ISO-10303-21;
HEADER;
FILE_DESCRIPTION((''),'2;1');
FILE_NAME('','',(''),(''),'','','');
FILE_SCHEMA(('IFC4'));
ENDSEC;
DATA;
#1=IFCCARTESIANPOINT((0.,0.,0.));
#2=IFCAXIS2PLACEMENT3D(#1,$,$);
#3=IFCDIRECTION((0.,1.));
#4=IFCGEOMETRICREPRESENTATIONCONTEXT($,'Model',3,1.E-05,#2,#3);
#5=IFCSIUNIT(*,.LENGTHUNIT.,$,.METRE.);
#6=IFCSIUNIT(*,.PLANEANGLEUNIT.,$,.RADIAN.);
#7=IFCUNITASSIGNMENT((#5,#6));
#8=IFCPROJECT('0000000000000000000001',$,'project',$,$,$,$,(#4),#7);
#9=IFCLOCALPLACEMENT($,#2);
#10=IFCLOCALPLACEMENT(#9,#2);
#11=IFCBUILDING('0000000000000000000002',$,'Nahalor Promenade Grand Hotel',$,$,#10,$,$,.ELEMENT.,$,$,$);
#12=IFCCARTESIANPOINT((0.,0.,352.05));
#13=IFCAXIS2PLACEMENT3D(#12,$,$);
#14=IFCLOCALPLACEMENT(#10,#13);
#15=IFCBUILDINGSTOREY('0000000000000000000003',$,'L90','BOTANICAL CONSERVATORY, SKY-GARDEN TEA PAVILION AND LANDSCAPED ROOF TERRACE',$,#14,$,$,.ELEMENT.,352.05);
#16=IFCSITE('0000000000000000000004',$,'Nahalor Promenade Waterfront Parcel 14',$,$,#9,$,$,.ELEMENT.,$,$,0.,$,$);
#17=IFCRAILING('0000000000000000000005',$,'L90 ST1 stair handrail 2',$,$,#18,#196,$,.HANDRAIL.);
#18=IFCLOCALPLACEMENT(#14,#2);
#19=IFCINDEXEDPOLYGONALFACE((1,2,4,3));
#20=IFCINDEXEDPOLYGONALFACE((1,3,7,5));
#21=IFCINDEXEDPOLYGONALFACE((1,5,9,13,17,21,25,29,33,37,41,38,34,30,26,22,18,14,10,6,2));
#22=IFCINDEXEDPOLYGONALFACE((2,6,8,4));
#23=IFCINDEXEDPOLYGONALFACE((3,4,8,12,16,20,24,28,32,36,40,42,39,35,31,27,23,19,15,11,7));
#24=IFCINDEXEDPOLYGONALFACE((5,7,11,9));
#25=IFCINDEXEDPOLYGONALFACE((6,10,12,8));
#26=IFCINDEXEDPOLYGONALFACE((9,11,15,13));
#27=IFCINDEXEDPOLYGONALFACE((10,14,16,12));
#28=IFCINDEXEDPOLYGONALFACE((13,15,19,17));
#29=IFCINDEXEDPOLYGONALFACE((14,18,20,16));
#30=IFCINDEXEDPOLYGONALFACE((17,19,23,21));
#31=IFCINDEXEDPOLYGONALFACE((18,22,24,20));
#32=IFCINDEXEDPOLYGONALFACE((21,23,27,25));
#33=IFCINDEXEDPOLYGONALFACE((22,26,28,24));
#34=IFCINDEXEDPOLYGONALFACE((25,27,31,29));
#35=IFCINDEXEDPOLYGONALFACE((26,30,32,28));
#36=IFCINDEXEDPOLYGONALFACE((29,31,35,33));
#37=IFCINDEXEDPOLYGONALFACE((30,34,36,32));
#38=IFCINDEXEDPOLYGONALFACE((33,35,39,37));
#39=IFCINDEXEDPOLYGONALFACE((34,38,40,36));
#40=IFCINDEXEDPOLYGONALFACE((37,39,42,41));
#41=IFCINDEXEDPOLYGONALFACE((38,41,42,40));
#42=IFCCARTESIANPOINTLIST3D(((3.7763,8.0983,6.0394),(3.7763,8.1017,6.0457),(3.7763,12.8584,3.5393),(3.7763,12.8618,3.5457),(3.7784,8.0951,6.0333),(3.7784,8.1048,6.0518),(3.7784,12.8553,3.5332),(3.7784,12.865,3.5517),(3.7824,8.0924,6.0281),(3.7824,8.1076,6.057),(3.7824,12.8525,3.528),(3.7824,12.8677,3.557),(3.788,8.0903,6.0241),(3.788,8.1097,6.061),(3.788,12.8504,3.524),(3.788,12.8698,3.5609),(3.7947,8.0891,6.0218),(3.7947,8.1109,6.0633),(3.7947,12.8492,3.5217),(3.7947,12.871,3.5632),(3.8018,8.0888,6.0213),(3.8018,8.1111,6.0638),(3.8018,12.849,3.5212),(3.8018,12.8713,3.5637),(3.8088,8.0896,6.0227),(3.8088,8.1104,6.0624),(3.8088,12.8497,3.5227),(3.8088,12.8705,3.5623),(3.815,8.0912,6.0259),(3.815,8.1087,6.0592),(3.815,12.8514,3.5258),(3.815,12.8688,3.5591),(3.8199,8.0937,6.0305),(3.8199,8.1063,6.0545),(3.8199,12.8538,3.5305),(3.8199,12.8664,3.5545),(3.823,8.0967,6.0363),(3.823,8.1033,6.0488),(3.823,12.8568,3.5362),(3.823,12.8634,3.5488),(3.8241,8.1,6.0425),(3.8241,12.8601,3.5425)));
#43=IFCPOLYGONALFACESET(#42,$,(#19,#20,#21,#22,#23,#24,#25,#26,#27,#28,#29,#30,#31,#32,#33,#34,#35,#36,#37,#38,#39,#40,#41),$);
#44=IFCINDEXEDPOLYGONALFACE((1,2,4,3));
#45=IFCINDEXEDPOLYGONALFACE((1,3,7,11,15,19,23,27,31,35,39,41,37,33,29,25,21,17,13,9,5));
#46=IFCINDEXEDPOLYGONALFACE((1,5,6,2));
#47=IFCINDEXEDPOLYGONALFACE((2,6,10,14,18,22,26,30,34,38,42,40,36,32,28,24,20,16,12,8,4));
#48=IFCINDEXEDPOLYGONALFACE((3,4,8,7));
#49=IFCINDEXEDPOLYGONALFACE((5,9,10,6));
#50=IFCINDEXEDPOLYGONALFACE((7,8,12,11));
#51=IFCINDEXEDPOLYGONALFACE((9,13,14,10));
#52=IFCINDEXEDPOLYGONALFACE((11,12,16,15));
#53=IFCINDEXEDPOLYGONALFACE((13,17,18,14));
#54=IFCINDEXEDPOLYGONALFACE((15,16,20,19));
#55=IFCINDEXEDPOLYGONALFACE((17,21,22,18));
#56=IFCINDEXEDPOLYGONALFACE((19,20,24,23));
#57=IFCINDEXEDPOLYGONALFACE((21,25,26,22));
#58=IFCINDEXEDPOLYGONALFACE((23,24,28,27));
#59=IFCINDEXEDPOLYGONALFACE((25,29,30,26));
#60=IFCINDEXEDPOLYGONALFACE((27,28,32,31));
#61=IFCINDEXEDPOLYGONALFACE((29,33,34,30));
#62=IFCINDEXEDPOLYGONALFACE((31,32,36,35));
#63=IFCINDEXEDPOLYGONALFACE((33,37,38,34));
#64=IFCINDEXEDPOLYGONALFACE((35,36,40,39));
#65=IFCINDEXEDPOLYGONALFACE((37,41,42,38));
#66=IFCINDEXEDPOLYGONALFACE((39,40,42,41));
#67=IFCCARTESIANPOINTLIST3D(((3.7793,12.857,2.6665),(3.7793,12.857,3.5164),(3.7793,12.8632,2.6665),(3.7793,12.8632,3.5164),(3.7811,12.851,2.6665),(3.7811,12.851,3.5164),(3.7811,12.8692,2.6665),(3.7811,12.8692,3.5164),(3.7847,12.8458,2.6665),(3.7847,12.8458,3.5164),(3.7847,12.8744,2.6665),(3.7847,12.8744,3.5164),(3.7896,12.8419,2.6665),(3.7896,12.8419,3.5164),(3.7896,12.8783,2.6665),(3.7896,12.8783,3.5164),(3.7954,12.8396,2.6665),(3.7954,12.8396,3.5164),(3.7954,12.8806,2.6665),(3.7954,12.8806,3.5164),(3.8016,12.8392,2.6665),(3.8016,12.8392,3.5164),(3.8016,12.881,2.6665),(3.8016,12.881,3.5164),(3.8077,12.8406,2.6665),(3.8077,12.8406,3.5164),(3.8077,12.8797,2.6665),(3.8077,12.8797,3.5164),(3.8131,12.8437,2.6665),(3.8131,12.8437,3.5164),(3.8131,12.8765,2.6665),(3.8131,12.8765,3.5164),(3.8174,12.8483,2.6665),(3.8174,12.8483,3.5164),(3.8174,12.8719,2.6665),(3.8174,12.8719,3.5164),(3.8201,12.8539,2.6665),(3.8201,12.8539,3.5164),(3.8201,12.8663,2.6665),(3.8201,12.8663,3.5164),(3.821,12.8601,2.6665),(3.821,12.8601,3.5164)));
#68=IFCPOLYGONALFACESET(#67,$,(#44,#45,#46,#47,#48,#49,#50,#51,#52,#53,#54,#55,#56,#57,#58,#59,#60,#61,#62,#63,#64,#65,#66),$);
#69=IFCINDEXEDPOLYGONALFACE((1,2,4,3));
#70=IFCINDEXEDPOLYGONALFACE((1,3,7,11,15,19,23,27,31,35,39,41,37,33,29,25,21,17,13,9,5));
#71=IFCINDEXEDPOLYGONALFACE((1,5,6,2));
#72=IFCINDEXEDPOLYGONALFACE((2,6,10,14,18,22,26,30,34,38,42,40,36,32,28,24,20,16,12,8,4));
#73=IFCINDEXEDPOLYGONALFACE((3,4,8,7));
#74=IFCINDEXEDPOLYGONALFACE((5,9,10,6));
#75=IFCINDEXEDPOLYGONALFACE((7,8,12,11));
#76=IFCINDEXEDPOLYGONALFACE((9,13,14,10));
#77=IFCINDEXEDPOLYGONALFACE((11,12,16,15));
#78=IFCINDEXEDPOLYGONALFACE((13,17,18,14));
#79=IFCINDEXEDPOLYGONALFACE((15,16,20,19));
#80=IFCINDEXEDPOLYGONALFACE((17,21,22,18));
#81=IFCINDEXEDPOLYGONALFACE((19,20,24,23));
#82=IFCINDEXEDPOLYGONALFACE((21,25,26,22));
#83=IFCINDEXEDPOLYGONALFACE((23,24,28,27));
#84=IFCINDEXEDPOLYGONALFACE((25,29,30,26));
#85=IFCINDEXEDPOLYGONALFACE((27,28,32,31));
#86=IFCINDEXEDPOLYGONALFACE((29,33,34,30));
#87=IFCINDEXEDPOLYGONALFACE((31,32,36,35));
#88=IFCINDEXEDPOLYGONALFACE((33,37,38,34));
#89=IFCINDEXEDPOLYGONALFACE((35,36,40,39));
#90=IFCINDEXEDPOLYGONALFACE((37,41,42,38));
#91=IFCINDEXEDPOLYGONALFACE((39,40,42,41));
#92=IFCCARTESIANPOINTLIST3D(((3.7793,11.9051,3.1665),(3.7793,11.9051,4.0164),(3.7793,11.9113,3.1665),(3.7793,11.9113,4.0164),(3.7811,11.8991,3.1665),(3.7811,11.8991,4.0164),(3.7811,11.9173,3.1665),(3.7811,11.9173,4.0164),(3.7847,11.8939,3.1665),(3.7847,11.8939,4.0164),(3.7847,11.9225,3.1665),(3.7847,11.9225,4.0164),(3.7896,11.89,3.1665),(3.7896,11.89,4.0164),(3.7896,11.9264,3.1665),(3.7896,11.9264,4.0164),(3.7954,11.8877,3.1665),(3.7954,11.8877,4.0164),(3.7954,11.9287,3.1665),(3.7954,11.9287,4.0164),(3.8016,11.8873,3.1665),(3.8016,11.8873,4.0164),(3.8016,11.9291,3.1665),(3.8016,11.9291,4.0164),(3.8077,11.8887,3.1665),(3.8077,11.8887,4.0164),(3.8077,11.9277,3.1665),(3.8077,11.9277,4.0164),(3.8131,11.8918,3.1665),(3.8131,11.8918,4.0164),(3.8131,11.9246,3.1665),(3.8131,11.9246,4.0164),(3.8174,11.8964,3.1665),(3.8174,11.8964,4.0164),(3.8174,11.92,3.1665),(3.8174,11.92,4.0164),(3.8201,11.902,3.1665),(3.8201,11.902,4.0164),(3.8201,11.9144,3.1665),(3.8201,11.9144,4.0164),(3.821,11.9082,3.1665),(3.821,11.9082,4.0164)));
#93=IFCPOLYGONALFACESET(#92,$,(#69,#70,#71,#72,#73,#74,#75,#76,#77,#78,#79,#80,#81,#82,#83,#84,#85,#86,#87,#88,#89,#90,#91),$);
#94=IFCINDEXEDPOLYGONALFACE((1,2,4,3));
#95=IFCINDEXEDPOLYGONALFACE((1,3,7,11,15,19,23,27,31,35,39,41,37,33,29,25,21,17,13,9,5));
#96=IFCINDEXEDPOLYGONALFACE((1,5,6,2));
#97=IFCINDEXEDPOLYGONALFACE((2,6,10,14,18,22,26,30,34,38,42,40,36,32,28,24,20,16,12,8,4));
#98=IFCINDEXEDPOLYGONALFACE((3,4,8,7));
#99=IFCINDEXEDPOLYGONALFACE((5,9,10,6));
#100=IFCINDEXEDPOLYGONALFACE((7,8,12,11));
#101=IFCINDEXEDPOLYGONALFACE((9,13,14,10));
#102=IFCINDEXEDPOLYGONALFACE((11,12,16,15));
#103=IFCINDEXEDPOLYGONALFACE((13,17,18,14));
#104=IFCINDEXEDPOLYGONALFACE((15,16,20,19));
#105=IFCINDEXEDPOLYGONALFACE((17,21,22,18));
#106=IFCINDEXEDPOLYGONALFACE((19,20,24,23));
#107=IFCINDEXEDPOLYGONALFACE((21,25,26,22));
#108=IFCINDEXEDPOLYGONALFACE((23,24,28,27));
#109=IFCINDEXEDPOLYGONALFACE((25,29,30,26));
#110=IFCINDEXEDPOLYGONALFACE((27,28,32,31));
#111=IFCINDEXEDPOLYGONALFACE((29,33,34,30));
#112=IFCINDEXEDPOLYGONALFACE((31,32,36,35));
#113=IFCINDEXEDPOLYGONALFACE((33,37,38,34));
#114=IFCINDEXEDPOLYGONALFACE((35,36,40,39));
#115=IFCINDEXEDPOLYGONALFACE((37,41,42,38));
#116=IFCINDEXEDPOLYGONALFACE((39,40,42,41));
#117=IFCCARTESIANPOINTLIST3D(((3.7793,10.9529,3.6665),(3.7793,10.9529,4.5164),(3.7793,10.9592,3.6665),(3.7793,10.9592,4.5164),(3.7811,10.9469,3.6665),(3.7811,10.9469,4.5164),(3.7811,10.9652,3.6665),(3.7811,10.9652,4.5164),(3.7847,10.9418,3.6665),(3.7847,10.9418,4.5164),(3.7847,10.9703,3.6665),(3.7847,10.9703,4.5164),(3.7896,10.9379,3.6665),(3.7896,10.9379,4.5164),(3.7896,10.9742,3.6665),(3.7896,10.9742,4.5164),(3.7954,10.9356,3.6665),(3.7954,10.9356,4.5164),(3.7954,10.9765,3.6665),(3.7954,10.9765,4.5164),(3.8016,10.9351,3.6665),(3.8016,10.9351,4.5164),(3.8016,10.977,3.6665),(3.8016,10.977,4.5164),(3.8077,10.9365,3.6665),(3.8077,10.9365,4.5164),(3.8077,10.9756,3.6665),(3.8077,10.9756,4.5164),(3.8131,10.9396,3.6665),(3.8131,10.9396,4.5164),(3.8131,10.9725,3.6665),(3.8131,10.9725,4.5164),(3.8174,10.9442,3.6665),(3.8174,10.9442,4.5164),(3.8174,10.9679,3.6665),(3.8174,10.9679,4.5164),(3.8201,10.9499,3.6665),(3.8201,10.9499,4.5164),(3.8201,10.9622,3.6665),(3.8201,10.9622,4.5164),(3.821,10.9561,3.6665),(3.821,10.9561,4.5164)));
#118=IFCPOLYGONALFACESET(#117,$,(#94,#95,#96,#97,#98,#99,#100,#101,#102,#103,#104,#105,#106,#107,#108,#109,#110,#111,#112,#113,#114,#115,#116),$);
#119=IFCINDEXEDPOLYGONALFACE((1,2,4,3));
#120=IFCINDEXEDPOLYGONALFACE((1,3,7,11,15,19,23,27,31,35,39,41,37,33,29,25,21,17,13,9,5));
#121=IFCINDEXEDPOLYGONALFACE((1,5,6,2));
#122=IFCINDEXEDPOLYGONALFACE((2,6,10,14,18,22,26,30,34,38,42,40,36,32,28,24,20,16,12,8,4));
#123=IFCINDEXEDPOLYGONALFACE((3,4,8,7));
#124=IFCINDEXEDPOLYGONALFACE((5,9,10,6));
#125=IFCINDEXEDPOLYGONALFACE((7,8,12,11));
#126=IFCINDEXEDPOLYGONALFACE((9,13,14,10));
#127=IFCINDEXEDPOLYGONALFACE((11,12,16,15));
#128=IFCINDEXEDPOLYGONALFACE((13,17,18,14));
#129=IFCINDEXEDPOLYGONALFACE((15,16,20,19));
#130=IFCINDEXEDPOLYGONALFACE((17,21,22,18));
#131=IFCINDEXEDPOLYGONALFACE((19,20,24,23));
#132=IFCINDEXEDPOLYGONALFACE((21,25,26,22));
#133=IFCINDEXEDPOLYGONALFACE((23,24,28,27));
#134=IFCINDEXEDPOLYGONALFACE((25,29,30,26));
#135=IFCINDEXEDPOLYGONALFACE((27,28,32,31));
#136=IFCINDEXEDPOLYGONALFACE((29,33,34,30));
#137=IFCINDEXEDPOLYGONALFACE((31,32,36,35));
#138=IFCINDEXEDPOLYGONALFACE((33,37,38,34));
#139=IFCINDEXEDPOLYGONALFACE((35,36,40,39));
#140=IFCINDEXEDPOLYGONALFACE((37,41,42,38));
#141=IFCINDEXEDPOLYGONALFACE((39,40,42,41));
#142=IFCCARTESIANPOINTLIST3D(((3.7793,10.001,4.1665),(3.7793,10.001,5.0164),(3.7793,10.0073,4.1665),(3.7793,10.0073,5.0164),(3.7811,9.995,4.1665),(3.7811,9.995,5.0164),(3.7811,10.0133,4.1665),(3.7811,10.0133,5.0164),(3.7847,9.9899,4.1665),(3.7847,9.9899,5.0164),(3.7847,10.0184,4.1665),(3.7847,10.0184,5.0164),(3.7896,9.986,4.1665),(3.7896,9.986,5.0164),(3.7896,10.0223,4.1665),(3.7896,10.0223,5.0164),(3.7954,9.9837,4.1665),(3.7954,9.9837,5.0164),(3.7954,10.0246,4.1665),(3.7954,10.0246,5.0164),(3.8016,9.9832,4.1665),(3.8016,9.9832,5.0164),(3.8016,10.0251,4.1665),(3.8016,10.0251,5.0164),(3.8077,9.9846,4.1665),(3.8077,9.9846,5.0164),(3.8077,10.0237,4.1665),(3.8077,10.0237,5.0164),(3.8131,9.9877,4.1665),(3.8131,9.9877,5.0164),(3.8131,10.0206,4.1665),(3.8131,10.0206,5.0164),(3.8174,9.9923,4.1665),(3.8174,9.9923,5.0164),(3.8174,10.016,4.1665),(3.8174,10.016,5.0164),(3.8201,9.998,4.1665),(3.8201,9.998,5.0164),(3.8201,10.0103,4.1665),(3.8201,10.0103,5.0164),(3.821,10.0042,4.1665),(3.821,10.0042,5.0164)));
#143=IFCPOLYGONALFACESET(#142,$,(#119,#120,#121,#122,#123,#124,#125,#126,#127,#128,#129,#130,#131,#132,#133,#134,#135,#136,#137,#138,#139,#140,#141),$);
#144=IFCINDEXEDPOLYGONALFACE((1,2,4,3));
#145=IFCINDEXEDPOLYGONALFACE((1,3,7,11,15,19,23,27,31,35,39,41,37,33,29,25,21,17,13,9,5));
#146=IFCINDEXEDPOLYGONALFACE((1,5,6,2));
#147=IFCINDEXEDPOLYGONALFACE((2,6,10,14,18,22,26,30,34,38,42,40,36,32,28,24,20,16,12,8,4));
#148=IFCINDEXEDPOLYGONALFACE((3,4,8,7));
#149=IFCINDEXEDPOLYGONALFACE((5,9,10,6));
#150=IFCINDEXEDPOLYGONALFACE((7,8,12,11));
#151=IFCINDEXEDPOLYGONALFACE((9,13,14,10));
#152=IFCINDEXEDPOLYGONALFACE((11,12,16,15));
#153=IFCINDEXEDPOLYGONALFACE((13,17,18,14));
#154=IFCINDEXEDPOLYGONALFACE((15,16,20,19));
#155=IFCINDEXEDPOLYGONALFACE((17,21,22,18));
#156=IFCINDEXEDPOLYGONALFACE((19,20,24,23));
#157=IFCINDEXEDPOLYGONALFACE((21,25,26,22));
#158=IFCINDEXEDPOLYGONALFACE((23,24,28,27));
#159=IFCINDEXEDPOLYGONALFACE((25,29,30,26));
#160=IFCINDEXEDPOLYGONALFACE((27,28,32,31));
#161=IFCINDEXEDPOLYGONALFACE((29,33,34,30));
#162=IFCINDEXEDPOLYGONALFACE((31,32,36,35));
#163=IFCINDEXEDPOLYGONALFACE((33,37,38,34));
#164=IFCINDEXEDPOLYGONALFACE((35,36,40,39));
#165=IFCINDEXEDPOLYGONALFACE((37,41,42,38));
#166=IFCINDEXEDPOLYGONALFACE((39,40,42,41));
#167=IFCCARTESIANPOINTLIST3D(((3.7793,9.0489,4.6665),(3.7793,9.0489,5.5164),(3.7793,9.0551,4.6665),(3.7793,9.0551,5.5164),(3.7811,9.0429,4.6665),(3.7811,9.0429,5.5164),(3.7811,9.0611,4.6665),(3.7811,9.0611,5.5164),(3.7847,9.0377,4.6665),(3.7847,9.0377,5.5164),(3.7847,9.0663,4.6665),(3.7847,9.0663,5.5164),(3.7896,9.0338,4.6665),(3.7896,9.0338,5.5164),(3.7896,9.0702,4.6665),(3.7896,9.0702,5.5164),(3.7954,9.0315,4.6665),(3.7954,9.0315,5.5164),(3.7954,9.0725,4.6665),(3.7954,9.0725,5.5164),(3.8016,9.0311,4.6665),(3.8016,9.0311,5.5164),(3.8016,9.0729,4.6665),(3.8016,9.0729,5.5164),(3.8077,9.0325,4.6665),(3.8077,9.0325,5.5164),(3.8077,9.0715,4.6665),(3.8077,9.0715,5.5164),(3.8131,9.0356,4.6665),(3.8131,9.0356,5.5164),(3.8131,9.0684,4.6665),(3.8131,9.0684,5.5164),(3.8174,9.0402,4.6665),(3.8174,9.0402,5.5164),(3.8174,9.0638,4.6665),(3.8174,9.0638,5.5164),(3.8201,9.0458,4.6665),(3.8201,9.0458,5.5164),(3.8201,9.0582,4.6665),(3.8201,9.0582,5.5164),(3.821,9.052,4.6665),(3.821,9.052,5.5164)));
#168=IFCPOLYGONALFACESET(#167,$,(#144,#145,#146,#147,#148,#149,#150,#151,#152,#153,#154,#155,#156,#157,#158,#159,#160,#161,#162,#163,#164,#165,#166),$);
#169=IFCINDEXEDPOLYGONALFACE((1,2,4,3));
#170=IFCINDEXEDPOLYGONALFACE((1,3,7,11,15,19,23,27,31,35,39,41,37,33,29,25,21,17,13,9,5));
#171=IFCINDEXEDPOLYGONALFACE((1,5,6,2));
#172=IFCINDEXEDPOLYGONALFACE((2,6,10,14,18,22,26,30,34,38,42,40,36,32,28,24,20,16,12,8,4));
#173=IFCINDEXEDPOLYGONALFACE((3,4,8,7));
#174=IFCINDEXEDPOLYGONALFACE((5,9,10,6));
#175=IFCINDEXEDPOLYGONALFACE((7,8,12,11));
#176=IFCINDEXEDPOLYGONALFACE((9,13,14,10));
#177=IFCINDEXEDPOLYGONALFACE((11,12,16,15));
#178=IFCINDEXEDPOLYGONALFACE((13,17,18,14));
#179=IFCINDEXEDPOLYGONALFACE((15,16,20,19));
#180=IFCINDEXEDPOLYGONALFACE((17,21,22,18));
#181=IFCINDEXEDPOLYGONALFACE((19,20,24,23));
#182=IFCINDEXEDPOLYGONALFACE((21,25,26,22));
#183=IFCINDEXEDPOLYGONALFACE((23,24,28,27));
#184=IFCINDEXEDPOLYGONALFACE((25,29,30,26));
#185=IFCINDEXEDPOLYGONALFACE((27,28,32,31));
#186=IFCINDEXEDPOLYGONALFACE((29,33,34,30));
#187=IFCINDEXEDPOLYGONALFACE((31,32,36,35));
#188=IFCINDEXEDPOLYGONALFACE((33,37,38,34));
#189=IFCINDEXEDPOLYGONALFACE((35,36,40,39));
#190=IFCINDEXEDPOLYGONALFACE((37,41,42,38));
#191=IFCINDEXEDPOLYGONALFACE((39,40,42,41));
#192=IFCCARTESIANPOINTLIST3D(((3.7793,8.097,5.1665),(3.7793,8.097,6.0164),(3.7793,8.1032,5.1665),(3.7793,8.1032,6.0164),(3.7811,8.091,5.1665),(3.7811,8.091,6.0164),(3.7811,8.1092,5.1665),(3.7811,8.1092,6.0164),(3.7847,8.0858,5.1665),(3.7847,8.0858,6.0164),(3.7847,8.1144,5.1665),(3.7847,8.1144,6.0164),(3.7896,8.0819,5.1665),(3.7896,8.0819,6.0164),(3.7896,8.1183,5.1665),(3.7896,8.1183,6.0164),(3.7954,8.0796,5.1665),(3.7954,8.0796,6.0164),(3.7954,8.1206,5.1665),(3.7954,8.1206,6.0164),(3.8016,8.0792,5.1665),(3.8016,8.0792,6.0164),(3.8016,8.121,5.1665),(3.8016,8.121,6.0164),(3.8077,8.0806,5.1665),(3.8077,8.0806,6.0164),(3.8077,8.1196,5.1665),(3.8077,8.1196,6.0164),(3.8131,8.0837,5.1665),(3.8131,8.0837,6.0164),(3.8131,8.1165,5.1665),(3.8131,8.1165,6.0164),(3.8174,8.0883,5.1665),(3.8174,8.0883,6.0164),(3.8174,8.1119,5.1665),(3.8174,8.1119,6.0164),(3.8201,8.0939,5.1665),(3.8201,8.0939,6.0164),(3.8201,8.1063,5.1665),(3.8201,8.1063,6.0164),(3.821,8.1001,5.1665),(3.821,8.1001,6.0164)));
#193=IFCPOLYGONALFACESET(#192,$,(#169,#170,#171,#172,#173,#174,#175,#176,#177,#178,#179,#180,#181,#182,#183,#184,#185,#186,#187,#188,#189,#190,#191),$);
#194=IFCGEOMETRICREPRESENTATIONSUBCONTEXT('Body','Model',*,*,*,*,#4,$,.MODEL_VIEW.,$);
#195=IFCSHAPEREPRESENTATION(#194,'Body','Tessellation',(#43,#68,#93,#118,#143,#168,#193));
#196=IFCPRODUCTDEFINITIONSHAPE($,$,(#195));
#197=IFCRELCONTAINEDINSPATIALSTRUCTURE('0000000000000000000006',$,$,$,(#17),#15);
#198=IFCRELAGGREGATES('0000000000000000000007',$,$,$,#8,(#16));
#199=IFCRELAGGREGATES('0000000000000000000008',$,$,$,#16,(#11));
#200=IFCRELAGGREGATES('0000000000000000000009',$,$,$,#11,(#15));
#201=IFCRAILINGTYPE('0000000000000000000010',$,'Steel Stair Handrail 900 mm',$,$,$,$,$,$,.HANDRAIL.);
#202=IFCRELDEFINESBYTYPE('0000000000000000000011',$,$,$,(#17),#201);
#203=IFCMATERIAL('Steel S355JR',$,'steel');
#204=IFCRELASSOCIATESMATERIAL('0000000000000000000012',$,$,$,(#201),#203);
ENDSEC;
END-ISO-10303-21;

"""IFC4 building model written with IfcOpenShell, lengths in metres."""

from ifc_helpers import new_model, si_unit, direction, frame, origin, origin_2d, place, context, subcontext, project, spatial, circle, extrude, material, type_object, element, save


model = new_model("IFC4")

# Units and contexts
model_context = context("Model", 3, precision=1e-05, world=origin(), true_north=direction((0.0, 1.0)))
body_context = subcontext(model_context, "Body", "Model", "MODEL_VIEW")
ifc_project = project(units=[si_unit("LENGTHUNIT", "METRE"), si_unit("PLANEANGLEUNIT", "RADIAN")], contexts=[model_context])

# Site, building, storey
site_placement = place(None, origin())
site = spatial("IfcSite", under=ifc_project, at=site_placement, Name="Nahalor Promenade Waterfront Parcel 14", CompositionType="ELEMENT", RefElevation=0.0)
building_placement = place(site_placement, origin())
building = spatial("IfcBuilding", under=site, at=building_placement, Name="Nahalor Promenade Grand Hotel", CompositionType="ELEMENT")
storey_placement = place(building_placement, frame((0.0, 0.0, 352.05)))
storey = spatial("IfcBuildingStorey", under=building, at=storey_placement, Name="L90", Description="BOTANICAL CONSERVATORY, SKY-GARDEN TEA PAVILION AND LANDSCAPED ROOF TERRACE", CompositionType="ELEMENT", Elevation=352.05)

# Shared definitions
ifc_material_1 = material(Name="Steel S355JR", Category="steel")

# Railing
railing_type = type_object("IfcRailingType", Name="Steel Stair Handrail 900 mm", PredefinedType="HANDRAIL", material=ifc_material_1)
railing_placement = place(storey_placement, frame((3.8, 12.8601, 2.6665)))
element("IfcRailing", 1, at=railing_placement, inside=storey, type_object=railing_type, Name="L90 ST1 stair handrail 2", PredefinedType="HANDRAIL", context=body_context, shape_type="SweptSolid", body=[
    extrude(circle(Radius=0.024, at=origin_2d()), frame((0.0, 0.0, 0.876), z_axis=(0.0, -0.885322, 0.464979), x_axis=(1.0, 0.0, 0.0)), (0.0, 0.0, 1.0), 5.3767),
    extrude(circle(Radius=0.021, at=origin_2d()), origin(), (0.0, 0.0, 1.0), 0.8499),
    extrude(circle(Radius=0.021, at=origin_2d()), frame((0.0, -0.9519, 0.5)), (0.0, 0.0, 1.0), 0.8499),
    extrude(circle(Radius=0.021, at=origin_2d()), frame((0.0, -1.9041, 1.0)), (0.0, 0.0, 1.0), 0.8499),
    extrude(circle(Radius=0.021, at=origin_2d()), frame((0.0, -2.856, 1.5)), (0.0, 0.0, 1.0), 0.8499),
    extrude(circle(Radius=0.021, at=origin_2d()), frame((0.0, -3.8081, 2.0)), (0.0, 0.0, 1.0), 0.8499),
    extrude(circle(Radius=0.021, at=origin_2d()), frame((0.0, -4.76, 2.5)), (0.0, 0.0, 1.0), 0.8499),
])

save(model, "model.ifc")
